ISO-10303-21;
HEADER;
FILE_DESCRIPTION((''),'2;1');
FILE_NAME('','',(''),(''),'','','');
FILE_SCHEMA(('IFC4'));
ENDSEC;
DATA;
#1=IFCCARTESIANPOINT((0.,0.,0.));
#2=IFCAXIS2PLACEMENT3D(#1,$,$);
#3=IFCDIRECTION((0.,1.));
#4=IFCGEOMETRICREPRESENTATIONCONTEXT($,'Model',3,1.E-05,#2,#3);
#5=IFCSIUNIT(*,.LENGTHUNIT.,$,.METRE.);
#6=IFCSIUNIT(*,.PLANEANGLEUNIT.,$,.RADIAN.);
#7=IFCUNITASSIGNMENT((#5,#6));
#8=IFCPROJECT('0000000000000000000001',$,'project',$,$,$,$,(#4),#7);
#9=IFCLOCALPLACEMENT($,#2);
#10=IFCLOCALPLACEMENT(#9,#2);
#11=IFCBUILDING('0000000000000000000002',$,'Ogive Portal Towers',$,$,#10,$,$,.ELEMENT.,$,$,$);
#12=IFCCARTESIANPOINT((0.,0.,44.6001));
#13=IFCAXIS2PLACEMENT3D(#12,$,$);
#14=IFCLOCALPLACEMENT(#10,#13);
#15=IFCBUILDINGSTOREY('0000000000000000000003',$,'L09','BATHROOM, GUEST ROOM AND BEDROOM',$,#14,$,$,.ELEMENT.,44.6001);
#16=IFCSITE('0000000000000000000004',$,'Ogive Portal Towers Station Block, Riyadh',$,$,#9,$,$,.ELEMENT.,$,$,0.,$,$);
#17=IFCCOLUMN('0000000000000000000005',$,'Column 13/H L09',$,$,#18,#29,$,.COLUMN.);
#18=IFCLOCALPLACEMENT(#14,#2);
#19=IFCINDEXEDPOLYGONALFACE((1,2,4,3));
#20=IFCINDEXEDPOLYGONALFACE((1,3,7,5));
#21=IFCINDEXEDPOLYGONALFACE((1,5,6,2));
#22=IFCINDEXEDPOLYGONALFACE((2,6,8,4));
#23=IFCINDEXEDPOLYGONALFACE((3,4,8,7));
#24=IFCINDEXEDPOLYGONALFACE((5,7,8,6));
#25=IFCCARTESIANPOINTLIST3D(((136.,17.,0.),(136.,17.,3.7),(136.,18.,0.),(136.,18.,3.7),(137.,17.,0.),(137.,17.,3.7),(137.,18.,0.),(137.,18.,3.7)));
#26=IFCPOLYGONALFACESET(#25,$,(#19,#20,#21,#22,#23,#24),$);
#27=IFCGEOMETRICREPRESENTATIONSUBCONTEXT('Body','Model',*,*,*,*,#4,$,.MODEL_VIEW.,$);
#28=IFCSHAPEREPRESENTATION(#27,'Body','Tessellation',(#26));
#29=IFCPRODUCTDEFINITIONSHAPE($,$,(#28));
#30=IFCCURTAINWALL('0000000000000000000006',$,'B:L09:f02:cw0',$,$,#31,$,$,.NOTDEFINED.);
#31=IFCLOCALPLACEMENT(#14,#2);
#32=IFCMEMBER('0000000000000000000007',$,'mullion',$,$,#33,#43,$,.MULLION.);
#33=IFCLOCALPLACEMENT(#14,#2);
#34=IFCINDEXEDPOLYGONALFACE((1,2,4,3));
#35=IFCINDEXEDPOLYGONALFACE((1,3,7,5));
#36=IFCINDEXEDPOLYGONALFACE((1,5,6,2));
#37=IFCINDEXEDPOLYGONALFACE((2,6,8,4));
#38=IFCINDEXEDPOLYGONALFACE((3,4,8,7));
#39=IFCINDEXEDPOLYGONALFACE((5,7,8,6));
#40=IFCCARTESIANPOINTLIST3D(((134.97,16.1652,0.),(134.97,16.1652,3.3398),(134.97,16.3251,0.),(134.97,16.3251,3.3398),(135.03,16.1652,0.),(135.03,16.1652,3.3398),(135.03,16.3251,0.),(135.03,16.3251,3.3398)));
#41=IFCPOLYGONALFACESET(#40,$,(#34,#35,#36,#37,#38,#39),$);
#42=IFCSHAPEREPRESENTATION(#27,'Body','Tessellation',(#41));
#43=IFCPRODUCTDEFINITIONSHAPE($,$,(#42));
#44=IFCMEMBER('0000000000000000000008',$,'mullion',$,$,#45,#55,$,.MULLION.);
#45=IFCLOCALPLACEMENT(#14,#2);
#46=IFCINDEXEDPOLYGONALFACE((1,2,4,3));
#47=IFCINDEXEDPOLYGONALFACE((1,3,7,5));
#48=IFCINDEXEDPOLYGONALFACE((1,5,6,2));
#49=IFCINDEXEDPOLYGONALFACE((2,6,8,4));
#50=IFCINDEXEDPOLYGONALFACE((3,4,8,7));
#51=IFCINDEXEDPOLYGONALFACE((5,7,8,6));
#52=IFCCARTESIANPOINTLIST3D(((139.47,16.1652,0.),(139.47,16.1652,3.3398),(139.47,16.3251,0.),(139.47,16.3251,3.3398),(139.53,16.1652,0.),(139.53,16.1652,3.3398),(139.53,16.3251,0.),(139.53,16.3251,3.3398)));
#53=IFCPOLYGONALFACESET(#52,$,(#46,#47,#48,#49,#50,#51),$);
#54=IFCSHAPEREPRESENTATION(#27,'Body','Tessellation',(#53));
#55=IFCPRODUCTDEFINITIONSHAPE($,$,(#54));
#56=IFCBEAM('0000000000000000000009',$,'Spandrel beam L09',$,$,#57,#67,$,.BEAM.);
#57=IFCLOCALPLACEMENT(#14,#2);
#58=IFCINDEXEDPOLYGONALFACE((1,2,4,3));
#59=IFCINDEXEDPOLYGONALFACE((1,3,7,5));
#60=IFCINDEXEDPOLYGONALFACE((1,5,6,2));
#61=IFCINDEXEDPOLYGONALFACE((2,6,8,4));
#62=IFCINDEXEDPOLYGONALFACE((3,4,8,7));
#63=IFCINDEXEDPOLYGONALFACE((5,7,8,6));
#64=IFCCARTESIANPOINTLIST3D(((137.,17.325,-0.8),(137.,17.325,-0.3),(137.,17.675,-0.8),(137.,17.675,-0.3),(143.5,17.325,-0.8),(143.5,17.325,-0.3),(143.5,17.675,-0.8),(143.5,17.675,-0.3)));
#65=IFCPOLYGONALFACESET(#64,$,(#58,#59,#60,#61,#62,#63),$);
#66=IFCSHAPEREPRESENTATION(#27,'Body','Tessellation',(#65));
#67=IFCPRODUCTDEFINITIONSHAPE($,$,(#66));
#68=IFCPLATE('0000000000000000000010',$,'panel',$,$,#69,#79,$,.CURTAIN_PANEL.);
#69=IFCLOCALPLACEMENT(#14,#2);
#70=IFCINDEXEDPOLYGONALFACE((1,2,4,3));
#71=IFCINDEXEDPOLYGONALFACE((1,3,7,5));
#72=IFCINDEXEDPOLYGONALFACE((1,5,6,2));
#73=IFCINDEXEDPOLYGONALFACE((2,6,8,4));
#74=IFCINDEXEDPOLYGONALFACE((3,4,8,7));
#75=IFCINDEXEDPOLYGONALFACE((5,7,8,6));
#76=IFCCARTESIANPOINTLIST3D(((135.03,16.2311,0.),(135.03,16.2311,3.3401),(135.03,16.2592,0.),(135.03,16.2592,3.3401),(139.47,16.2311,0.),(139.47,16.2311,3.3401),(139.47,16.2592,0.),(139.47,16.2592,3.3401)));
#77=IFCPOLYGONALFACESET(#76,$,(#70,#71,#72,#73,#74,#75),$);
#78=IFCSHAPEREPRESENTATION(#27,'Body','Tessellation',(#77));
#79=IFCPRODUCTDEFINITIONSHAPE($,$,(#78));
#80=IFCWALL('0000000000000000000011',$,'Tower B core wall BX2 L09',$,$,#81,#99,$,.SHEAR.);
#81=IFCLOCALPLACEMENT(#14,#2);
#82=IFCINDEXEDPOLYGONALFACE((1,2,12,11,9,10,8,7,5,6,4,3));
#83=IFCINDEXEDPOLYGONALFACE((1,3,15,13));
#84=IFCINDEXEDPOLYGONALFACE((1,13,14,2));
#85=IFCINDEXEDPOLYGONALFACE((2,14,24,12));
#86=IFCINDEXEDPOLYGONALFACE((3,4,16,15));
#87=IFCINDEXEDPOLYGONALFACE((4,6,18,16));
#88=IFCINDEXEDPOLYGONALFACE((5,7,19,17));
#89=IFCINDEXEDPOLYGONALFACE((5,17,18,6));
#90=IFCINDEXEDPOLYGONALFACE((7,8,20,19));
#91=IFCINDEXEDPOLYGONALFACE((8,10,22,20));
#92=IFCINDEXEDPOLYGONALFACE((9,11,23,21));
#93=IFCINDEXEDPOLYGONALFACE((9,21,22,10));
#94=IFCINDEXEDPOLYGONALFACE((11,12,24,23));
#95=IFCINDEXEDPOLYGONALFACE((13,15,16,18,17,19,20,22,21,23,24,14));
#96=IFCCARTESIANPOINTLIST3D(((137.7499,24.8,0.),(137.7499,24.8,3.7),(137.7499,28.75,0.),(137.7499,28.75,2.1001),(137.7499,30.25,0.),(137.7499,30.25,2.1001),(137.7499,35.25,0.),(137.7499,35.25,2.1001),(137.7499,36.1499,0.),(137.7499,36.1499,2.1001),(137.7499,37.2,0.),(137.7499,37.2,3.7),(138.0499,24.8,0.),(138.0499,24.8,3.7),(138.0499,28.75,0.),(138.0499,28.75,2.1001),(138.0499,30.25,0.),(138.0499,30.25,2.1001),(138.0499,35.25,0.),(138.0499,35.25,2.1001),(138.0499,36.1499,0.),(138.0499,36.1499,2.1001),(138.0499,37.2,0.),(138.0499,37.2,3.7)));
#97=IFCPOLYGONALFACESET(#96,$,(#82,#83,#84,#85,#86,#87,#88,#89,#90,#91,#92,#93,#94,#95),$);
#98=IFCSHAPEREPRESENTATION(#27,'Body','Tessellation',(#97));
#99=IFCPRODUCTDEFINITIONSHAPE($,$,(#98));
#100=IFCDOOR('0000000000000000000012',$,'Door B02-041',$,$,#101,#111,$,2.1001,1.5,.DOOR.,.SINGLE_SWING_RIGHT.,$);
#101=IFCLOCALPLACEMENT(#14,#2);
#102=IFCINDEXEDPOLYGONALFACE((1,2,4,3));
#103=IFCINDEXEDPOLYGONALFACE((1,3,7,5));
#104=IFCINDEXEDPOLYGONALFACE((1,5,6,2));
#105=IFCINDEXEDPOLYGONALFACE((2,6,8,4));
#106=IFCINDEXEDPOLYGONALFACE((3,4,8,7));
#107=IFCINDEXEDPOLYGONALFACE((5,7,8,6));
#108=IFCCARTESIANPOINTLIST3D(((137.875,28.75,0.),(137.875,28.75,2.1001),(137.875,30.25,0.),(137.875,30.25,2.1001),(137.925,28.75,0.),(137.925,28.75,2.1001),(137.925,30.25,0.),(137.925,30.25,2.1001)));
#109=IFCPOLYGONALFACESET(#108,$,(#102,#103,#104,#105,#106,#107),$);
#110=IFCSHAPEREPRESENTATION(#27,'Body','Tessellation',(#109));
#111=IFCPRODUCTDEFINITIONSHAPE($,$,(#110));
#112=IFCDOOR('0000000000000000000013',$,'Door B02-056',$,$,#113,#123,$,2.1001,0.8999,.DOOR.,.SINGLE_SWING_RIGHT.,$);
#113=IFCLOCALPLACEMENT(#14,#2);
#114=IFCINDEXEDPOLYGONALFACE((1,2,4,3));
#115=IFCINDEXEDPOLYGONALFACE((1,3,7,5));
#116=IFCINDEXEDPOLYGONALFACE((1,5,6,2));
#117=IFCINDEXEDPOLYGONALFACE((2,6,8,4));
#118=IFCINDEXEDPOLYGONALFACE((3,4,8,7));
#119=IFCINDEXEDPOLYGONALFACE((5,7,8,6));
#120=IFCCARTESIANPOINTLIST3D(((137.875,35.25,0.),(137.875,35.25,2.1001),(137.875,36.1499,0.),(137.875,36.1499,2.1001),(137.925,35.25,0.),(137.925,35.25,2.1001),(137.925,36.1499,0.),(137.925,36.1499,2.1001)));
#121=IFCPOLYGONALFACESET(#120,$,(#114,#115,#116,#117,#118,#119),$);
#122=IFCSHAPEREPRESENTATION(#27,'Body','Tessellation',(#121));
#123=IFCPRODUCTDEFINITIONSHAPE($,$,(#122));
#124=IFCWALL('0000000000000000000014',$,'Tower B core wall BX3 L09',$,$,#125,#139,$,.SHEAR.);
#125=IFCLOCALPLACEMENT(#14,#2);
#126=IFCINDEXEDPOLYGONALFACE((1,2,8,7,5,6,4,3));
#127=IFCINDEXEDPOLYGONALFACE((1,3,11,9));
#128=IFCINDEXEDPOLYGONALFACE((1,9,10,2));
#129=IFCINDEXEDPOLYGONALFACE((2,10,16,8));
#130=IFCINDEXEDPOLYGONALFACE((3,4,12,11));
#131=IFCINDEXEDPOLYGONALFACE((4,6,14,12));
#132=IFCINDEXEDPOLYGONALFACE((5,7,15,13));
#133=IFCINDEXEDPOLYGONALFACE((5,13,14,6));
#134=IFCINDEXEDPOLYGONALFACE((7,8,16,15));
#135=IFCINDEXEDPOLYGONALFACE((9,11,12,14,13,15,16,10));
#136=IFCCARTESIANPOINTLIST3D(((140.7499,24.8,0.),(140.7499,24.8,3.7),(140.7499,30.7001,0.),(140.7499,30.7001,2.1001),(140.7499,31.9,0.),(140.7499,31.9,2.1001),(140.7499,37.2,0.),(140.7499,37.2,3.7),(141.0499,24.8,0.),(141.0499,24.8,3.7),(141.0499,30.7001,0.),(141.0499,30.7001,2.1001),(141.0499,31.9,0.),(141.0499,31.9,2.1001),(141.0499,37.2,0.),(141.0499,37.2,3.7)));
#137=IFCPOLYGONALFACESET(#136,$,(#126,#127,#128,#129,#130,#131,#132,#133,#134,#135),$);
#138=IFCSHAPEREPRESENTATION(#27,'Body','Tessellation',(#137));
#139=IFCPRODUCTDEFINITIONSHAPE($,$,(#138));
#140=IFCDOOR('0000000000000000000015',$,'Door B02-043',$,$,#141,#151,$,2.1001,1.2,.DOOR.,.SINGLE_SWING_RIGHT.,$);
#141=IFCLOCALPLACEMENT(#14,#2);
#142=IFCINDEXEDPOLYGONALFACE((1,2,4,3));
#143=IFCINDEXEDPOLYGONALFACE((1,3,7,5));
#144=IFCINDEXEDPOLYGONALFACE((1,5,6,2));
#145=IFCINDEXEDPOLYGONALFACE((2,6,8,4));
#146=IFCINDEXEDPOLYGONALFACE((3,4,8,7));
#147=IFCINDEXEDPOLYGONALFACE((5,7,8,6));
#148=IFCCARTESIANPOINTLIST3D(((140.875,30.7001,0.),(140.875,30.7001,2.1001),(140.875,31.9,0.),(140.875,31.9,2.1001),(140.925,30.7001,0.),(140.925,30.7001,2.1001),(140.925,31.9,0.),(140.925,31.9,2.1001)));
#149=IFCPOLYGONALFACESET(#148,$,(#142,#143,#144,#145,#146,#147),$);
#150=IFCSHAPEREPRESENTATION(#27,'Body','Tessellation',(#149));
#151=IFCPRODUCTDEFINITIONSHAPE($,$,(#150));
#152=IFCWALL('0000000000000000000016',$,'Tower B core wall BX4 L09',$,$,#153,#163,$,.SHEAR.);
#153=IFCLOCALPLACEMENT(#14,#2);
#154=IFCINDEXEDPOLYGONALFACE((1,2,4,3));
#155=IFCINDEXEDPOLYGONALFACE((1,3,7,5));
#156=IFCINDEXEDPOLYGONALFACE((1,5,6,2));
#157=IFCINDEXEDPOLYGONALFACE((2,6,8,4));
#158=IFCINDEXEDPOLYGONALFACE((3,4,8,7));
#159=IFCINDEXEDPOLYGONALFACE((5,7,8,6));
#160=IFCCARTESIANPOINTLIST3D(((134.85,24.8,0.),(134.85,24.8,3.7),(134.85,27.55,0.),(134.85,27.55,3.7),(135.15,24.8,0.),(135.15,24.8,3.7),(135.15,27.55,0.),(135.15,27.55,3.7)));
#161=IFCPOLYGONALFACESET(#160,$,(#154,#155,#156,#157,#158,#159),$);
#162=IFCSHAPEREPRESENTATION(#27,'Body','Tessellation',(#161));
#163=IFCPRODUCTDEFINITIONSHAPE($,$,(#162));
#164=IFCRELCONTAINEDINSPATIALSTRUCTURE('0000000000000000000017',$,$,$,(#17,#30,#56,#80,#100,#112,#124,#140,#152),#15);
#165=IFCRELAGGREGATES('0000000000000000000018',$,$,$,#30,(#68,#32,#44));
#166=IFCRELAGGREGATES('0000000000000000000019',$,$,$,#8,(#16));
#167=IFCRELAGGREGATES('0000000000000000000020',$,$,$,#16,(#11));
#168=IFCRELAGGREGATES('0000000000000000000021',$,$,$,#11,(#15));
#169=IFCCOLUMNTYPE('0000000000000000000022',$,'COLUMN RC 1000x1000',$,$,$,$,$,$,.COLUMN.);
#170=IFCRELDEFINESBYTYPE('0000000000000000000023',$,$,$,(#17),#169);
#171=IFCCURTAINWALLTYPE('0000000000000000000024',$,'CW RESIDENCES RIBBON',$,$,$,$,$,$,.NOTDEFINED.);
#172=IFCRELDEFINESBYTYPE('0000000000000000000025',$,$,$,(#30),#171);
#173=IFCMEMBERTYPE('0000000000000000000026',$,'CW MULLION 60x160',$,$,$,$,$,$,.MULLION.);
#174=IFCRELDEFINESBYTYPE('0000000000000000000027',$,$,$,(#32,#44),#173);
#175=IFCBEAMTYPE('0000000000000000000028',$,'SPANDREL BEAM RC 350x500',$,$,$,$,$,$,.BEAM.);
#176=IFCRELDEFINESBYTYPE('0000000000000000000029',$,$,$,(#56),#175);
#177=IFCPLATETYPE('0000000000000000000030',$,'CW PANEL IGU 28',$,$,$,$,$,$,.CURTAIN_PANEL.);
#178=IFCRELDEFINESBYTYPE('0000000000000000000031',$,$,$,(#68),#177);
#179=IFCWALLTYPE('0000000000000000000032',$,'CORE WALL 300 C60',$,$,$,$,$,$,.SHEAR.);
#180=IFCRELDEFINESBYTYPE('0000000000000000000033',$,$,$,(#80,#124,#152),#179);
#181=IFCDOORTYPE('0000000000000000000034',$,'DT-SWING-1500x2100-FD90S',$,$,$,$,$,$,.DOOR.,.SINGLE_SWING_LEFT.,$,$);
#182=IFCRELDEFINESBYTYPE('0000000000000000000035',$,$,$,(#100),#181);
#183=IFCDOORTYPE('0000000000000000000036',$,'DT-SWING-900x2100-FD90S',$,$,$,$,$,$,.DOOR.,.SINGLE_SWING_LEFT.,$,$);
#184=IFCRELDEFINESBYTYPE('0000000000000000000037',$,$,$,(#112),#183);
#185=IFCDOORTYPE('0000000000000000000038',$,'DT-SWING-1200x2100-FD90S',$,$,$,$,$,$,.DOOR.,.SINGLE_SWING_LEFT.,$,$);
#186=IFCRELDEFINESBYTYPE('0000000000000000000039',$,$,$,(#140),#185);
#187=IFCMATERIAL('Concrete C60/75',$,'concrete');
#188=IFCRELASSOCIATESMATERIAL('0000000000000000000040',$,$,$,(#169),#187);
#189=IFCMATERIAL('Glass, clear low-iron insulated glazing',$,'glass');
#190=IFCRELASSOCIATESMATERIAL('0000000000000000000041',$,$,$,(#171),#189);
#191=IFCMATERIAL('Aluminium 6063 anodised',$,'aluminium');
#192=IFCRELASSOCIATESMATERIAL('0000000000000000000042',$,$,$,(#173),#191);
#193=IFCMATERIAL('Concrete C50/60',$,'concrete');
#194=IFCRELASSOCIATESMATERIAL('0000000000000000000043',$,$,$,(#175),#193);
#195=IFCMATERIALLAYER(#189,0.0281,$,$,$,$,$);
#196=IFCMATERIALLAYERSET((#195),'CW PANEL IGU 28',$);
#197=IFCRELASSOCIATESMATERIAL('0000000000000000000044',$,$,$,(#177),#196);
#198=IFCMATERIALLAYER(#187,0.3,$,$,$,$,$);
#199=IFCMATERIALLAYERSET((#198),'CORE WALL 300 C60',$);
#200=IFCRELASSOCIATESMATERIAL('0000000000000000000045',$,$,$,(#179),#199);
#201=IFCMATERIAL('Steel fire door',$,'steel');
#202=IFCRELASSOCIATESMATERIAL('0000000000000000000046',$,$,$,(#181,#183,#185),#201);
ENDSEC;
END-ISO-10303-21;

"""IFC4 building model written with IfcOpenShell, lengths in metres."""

from ifc_helpers import new_model, si_unit, direction, frame, frame_2d, origin, origin_2d, place, context, subcontext, project, spatial, rectangle, extrude, material, layer, layer_set, material_profile, profile_set, type_object, element, fill, aggregate, save


model = new_model("IFC4")

# Units and contexts
model_context = context("Model", 3, precision=1e-05, world=origin(), true_north=direction((0.0, 1.0)))
body_context = subcontext(model_context, "Body", "Model", "MODEL_VIEW")
ifc_project = project(units=[si_unit("LENGTHUNIT", "METRE"), si_unit("PLANEANGLEUNIT", "RADIAN")], contexts=[model_context])

# Site, building, storey
site_placement = place(None, origin())
site = spatial("IfcSite", under=ifc_project, at=site_placement, Name="Ogive Portal Towers Station Block, Riyadh", CompositionType="ELEMENT", RefElevation=0.0)
building_placement = place(site_placement, origin())
building = spatial("IfcBuilding", under=site, at=building_placement, Name="Ogive Portal Towers", CompositionType="ELEMENT")
storey_placement = place(building_placement, frame((0.0, 0.0, 44.6001)))
storey = spatial("IfcBuildingStorey", under=building, at=storey_placement, Name="L09", Description="BATHROOM, GUEST ROOM AND BEDROOM", CompositionType="ELEMENT", Elevation=44.6001)

# Column
ifc_material_1 = material(Name="Concrete C60/75", Category="concrete")
ifc_material_profile_1 = material_profile(ifc_material_1, rectangle(XDim=1.0, YDim=1.0, at=origin_2d()), Name="RC 1000x1000")
ifc_profile_set_1 = profile_set([ifc_material_profile_1], Name="Concrete C60/75")
column_type = type_object("IfcColumnType", Name="COLUMN RC 1000x1000", PredefinedType="COLUMN", material=ifc_profile_set_1)
column_placement = place(storey_placement, frame((136.5, 17.5, 0.0), z_axis=(0.0, 0.0, 1.0), x_axis=(1.0, 0.0, 0.0)))
element("IfcColumn", 1, at=column_placement, inside=storey, type_object=column_type, Name="Column 13/H L09", PredefinedType="COLUMN", context=body_context, shape_type="SweptSolid", body=[
    extrude(rectangle(XDim=1.0, YDim=1.0, at=origin_2d()), origin(), (0.0, 0.0, 1.0), 3.7),
])

# Curtain wall, members
ifc_material_2 = material(Name="Glass, clear low-iron insulated glazing", Category="glass")
curtain_wall_type = type_object("IfcCurtainWallType", Name="CW RESIDENCES RIBBON", PredefinedType="NOTDEFINED", material=ifc_material_2)
curtain_wall_placement = place(storey_placement, origin())
curtain_wall = element("IfcCurtainWall", 2, at=curtain_wall_placement, inside=storey, type_object=curtain_wall_type, Name="B:L09:f02:cw0", PredefinedType="NOTDEFINED")
ifc_material_3 = material(Name="Aluminium 6063 anodised", Category="aluminium")
ifc_material_profile_2 = material_profile(ifc_material_3, rectangle(XDim=0.1599, YDim=0.0601, at=origin_2d()), Name="AL 60x160")
ifc_profile_set_2 = profile_set([ifc_material_profile_2], Name="Aluminium 6063 anodised")
member_type = type_object("IfcMemberType", Name="CW MULLION 60x160", PredefinedType="MULLION", material=ifc_profile_set_2)
member_1_placement = place(storey_placement, frame((135.0, 16.2451, 0.0), z_axis=(0.0, 0.0, 1.0), x_axis=(0.0, 1.0, 0.0)))
member_1 = element("IfcMember", 3, at=member_1_placement, type_object=member_type, Name="mullion", PredefinedType="MULLION", context=body_context, shape_type="SweptSolid", body=[
    extrude(rectangle(XDim=0.1599, YDim=0.0601, at=origin_2d()), origin(), (0.0, 0.0, 1.0), 3.3398),
])
member_2_placement = place(storey_placement, frame((139.5, 16.2451, 0.0), z_axis=(0.0, 0.0, 1.0), x_axis=(0.0, 1.0, 0.0)))
member_2 = element("IfcMember", 4, at=member_2_placement, type_object=member_type, Name="mullion", PredefinedType="MULLION", context=body_context, shape_type="SweptSolid", body=[
    extrude(rectangle(XDim=0.1599, YDim=0.0601, at=origin_2d()), origin(), (0.0, 0.0, 1.0), 3.3398),
])

# Beam
ifc_material_4 = material(Name="Concrete C50/60", Category="concrete")
ifc_material_profile_3 = material_profile(ifc_material_4, rectangle(XDim=0.3501, YDim=0.5, at=origin_2d()), Name="RC 350x500")
ifc_profile_set_3 = profile_set([ifc_material_profile_3], Name="Concrete C50/60")
beam_type = type_object("IfcBeamType", Name="SPANDREL BEAM RC 350x500", PredefinedType="BEAM", material=ifc_profile_set_3)
beam_placement = place(storey_placement, frame((137.0, 17.5, -0.55), z_axis=(1.0, 0.0, 0.0), x_axis=(0.0, 1.0, 0.0)))
element("IfcBeam", 5, at=beam_placement, inside=storey, type_object=beam_type, Name="Spandrel beam L09", PredefinedType="BEAM", context=body_context, shape_type="SweptSolid", body=[
    extrude(rectangle(XDim=0.3501, YDim=0.5, at=origin_2d()), origin(), (0.0, 0.0, 1.0), 6.5),
])

# Plate
ifc_layer_1 = layer(ifc_material_2, 0.0281)
ifc_layer_set_1 = layer_set([ifc_layer_1], Name="CW PANEL IGU 28")
plate_type = type_object("IfcPlateType", Name="CW PANEL IGU 28", PredefinedType="CURTAIN_PANEL", material=ifc_layer_set_1)
plate_placement = place(storey_placement, frame((137.25, 16.2451, 0.0), z_axis=(0.0, 0.0, 1.0), x_axis=(1.0, 0.0, 0.0)))
plate = element("IfcPlate", 6, at=plate_placement, type_object=plate_type, Name="panel", PredefinedType="CURTAIN_PANEL", context=body_context, shape_type="SweptSolid", body=[
    extrude(rectangle(XDim=4.4399, YDim=0.0281, at=origin_2d()), origin(), (0.0, 0.0, 1.0), 3.3401),
])
aggregate(curtain_wall, [plate, member_1, member_2])

# Wall, openings, doors
ifc_layer_2 = layer(ifc_material_1, 0.3)
ifc_layer_set_2 = layer_set([ifc_layer_2], Name="CORE WALL 300 C60")
wall_type_1 = type_object("IfcWallType", Name="CORE WALL 300 C60", PredefinedType="SHEAR", material=ifc_layer_set_2)
wall_1_placement = place(storey_placement, frame((137.8999, 24.8, 0.0), z_axis=(0.0, 0.0, 1.0), x_axis=(0.0, 1.0, 0.0)))
wall_1 = element("IfcWall", 7, at=wall_1_placement, inside=storey, type_object=wall_type_1, Name="Tower B core wall BX2 L09", PredefinedType="SHEAR", context=body_context, shape_type="SweptSolid", body=[
    extrude(rectangle(XDim=12.3999, YDim=0.3, at=frame_2d((6.2, 0.0))), origin(), (0.0, 0.0, 1.0), 3.7),
])
opening_1_placement = place(wall_1_placement, frame((3.95, 0.0, 0.0)))
opening_1 = element("IfcOpeningElement", 8, at=opening_1_placement, cuts=wall_1, PredefinedType="OPENING", context=body_context, shape_type="SweptSolid", body=[
    extrude(rectangle(XDim=1.5, YDim=2.1001, at=frame_2d((0.75, 1.05))), frame((0.0, 0.1602, 0.0), z_axis=(0.0, -1.0, 0.0), x_axis=(1.0, 0.0, 0.0)), (0.0, 0.0, 1.0), 0.3201),
])
opening_2_placement = place(wall_1_placement, frame((10.45, 0.0, 0.0)))
opening_2 = element("IfcOpeningElement", 9, at=opening_2_placement, cuts=wall_1, PredefinedType="OPENING", context=body_context, shape_type="SweptSolid", body=[
    extrude(rectangle(XDim=0.8999, YDim=2.1001, at=frame_2d((0.45, 1.05))), frame((0.0, 0.1602, 0.0), z_axis=(0.0, -1.0, 0.0), x_axis=(1.0, 0.0, 0.0)), (0.0, 0.0, 1.0), 0.3201),
])
ifc_material_5 = material(Name="Steel fire door", Category="steel")
door_type_1 = type_object("IfcDoorType", Name="DT-SWING-1500x2100-FD90S", OperationType="SINGLE_SWING_LEFT", PredefinedType="DOOR", material=ifc_material_5)
door_1_placement = place(opening_1_placement, origin())
door_1 = element("IfcDoor", 10, at=door_1_placement, inside=storey, type_object=door_type_1, Name="Door B02-041", OperationType="SINGLE_SWING_RIGHT", OverallHeight=2.1001, OverallWidth=1.5, PredefinedType="DOOR", context=body_context, shape_type="SweptSolid", body=[
    extrude(rectangle(XDim=1.5, YDim=2.1001, at=frame_2d((0.75, 1.05))), frame((0.0, 0.0249, 0.0), z_axis=(0.0, -1.0, 0.0), x_axis=(1.0, 0.0, 0.0)), (0.0, 0.0, 1.0), 0.05),
])
fill(opening_1, door_1)
door_type_2 = type_object("IfcDoorType", Name="DT-SWING-900x2100-FD90S", OperationType="SINGLE_SWING_LEFT", PredefinedType="DOOR", material=ifc_material_5)
door_2_placement = place(opening_2_placement, origin())
door_2 = element("IfcDoor", 11, at=door_2_placement, inside=storey, type_object=door_type_2, Name="Door B02-056", OperationType="SINGLE_SWING_RIGHT", OverallHeight=2.1001, OverallWidth=0.8999, PredefinedType="DOOR", context=body_context, shape_type="SweptSolid", body=[
    extrude(rectangle(XDim=0.8999, YDim=2.1001, at=frame_2d((0.45, 1.05))), frame((0.0, 0.0249, 0.0), z_axis=(0.0, -1.0, 0.0), x_axis=(1.0, 0.0, 0.0)), (0.0, 0.0, 1.0), 0.05),
])
fill(opening_2, door_2)

# Wall, opening, door
wall_2_placement = place(storey_placement, frame((140.8999, 24.8, 0.0), z_axis=(0.0, 0.0, 1.0), x_axis=(0.0, 1.0, 0.0)))
wall_2 = element("IfcWall", 12, at=wall_2_placement, inside=storey, type_object=wall_type_1, Name="Tower B core wall BX3 L09", PredefinedType="SHEAR", context=body_context, shape_type="SweptSolid", body=[
    extrude(rectangle(XDim=12.3999, YDim=0.3, at=frame_2d((6.2, 0.0))), origin(), (0.0, 0.0, 1.0), 3.7),
])
opening_3_placement = place(wall_2_placement, frame((5.8999, 0.0, 0.0)))
opening_3 = element("IfcOpeningElement", 13, at=opening_3_placement, cuts=wall_2, PredefinedType="OPENING", context=body_context, shape_type="SweptSolid", body=[
    extrude(rectangle(XDim=1.2, YDim=2.1001, at=frame_2d((0.6001, 1.05))), frame((0.0, 0.1602, 0.0), z_axis=(0.0, -1.0, 0.0), x_axis=(1.0, 0.0, 0.0)), (0.0, 0.0, 1.0), 0.3201),
])
door_type_3 = type_object("IfcDoorType", Name="DT-SWING-1200x2100-FD90S", OperationType="SINGLE_SWING_LEFT", PredefinedType="DOOR", material=ifc_material_5)
door_3_placement = place(opening_3_placement, origin())
door_3 = element("IfcDoor", 14, at=door_3_placement, inside=storey, type_object=door_type_3, Name="Door B02-043", OperationType="SINGLE_SWING_RIGHT", OverallHeight=2.1001, OverallWidth=1.2, PredefinedType="DOOR", context=body_context, shape_type="SweptSolid", body=[
    extrude(rectangle(XDim=1.2, YDim=2.1001, at=frame_2d((0.6001, 1.05))), frame((0.0, 0.0249, 0.0), z_axis=(0.0, -1.0, 0.0), x_axis=(1.0, 0.0, 0.0)), (0.0, 0.0, 1.0), 0.05),
])
fill(opening_3, door_3)

# Wall
wall_3_placement = place(storey_placement, frame((135.0, 24.8, 0.0), z_axis=(0.0, 0.0, 1.0), x_axis=(0.0, 1.0, 0.0)))
element("IfcWall", 15, at=wall_3_placement, inside=storey, type_object=wall_type_1, Name="Tower B core wall BX4 L09", PredefinedType="SHEAR", context=body_context, shape_type="SweptSolid", body=[
    extrude(rectangle(XDim=2.75, YDim=0.3, at=frame_2d((1.375, 0.0))), origin(), (0.0, 0.0, 1.0), 3.7),
])

save(model, "model.ifc")
